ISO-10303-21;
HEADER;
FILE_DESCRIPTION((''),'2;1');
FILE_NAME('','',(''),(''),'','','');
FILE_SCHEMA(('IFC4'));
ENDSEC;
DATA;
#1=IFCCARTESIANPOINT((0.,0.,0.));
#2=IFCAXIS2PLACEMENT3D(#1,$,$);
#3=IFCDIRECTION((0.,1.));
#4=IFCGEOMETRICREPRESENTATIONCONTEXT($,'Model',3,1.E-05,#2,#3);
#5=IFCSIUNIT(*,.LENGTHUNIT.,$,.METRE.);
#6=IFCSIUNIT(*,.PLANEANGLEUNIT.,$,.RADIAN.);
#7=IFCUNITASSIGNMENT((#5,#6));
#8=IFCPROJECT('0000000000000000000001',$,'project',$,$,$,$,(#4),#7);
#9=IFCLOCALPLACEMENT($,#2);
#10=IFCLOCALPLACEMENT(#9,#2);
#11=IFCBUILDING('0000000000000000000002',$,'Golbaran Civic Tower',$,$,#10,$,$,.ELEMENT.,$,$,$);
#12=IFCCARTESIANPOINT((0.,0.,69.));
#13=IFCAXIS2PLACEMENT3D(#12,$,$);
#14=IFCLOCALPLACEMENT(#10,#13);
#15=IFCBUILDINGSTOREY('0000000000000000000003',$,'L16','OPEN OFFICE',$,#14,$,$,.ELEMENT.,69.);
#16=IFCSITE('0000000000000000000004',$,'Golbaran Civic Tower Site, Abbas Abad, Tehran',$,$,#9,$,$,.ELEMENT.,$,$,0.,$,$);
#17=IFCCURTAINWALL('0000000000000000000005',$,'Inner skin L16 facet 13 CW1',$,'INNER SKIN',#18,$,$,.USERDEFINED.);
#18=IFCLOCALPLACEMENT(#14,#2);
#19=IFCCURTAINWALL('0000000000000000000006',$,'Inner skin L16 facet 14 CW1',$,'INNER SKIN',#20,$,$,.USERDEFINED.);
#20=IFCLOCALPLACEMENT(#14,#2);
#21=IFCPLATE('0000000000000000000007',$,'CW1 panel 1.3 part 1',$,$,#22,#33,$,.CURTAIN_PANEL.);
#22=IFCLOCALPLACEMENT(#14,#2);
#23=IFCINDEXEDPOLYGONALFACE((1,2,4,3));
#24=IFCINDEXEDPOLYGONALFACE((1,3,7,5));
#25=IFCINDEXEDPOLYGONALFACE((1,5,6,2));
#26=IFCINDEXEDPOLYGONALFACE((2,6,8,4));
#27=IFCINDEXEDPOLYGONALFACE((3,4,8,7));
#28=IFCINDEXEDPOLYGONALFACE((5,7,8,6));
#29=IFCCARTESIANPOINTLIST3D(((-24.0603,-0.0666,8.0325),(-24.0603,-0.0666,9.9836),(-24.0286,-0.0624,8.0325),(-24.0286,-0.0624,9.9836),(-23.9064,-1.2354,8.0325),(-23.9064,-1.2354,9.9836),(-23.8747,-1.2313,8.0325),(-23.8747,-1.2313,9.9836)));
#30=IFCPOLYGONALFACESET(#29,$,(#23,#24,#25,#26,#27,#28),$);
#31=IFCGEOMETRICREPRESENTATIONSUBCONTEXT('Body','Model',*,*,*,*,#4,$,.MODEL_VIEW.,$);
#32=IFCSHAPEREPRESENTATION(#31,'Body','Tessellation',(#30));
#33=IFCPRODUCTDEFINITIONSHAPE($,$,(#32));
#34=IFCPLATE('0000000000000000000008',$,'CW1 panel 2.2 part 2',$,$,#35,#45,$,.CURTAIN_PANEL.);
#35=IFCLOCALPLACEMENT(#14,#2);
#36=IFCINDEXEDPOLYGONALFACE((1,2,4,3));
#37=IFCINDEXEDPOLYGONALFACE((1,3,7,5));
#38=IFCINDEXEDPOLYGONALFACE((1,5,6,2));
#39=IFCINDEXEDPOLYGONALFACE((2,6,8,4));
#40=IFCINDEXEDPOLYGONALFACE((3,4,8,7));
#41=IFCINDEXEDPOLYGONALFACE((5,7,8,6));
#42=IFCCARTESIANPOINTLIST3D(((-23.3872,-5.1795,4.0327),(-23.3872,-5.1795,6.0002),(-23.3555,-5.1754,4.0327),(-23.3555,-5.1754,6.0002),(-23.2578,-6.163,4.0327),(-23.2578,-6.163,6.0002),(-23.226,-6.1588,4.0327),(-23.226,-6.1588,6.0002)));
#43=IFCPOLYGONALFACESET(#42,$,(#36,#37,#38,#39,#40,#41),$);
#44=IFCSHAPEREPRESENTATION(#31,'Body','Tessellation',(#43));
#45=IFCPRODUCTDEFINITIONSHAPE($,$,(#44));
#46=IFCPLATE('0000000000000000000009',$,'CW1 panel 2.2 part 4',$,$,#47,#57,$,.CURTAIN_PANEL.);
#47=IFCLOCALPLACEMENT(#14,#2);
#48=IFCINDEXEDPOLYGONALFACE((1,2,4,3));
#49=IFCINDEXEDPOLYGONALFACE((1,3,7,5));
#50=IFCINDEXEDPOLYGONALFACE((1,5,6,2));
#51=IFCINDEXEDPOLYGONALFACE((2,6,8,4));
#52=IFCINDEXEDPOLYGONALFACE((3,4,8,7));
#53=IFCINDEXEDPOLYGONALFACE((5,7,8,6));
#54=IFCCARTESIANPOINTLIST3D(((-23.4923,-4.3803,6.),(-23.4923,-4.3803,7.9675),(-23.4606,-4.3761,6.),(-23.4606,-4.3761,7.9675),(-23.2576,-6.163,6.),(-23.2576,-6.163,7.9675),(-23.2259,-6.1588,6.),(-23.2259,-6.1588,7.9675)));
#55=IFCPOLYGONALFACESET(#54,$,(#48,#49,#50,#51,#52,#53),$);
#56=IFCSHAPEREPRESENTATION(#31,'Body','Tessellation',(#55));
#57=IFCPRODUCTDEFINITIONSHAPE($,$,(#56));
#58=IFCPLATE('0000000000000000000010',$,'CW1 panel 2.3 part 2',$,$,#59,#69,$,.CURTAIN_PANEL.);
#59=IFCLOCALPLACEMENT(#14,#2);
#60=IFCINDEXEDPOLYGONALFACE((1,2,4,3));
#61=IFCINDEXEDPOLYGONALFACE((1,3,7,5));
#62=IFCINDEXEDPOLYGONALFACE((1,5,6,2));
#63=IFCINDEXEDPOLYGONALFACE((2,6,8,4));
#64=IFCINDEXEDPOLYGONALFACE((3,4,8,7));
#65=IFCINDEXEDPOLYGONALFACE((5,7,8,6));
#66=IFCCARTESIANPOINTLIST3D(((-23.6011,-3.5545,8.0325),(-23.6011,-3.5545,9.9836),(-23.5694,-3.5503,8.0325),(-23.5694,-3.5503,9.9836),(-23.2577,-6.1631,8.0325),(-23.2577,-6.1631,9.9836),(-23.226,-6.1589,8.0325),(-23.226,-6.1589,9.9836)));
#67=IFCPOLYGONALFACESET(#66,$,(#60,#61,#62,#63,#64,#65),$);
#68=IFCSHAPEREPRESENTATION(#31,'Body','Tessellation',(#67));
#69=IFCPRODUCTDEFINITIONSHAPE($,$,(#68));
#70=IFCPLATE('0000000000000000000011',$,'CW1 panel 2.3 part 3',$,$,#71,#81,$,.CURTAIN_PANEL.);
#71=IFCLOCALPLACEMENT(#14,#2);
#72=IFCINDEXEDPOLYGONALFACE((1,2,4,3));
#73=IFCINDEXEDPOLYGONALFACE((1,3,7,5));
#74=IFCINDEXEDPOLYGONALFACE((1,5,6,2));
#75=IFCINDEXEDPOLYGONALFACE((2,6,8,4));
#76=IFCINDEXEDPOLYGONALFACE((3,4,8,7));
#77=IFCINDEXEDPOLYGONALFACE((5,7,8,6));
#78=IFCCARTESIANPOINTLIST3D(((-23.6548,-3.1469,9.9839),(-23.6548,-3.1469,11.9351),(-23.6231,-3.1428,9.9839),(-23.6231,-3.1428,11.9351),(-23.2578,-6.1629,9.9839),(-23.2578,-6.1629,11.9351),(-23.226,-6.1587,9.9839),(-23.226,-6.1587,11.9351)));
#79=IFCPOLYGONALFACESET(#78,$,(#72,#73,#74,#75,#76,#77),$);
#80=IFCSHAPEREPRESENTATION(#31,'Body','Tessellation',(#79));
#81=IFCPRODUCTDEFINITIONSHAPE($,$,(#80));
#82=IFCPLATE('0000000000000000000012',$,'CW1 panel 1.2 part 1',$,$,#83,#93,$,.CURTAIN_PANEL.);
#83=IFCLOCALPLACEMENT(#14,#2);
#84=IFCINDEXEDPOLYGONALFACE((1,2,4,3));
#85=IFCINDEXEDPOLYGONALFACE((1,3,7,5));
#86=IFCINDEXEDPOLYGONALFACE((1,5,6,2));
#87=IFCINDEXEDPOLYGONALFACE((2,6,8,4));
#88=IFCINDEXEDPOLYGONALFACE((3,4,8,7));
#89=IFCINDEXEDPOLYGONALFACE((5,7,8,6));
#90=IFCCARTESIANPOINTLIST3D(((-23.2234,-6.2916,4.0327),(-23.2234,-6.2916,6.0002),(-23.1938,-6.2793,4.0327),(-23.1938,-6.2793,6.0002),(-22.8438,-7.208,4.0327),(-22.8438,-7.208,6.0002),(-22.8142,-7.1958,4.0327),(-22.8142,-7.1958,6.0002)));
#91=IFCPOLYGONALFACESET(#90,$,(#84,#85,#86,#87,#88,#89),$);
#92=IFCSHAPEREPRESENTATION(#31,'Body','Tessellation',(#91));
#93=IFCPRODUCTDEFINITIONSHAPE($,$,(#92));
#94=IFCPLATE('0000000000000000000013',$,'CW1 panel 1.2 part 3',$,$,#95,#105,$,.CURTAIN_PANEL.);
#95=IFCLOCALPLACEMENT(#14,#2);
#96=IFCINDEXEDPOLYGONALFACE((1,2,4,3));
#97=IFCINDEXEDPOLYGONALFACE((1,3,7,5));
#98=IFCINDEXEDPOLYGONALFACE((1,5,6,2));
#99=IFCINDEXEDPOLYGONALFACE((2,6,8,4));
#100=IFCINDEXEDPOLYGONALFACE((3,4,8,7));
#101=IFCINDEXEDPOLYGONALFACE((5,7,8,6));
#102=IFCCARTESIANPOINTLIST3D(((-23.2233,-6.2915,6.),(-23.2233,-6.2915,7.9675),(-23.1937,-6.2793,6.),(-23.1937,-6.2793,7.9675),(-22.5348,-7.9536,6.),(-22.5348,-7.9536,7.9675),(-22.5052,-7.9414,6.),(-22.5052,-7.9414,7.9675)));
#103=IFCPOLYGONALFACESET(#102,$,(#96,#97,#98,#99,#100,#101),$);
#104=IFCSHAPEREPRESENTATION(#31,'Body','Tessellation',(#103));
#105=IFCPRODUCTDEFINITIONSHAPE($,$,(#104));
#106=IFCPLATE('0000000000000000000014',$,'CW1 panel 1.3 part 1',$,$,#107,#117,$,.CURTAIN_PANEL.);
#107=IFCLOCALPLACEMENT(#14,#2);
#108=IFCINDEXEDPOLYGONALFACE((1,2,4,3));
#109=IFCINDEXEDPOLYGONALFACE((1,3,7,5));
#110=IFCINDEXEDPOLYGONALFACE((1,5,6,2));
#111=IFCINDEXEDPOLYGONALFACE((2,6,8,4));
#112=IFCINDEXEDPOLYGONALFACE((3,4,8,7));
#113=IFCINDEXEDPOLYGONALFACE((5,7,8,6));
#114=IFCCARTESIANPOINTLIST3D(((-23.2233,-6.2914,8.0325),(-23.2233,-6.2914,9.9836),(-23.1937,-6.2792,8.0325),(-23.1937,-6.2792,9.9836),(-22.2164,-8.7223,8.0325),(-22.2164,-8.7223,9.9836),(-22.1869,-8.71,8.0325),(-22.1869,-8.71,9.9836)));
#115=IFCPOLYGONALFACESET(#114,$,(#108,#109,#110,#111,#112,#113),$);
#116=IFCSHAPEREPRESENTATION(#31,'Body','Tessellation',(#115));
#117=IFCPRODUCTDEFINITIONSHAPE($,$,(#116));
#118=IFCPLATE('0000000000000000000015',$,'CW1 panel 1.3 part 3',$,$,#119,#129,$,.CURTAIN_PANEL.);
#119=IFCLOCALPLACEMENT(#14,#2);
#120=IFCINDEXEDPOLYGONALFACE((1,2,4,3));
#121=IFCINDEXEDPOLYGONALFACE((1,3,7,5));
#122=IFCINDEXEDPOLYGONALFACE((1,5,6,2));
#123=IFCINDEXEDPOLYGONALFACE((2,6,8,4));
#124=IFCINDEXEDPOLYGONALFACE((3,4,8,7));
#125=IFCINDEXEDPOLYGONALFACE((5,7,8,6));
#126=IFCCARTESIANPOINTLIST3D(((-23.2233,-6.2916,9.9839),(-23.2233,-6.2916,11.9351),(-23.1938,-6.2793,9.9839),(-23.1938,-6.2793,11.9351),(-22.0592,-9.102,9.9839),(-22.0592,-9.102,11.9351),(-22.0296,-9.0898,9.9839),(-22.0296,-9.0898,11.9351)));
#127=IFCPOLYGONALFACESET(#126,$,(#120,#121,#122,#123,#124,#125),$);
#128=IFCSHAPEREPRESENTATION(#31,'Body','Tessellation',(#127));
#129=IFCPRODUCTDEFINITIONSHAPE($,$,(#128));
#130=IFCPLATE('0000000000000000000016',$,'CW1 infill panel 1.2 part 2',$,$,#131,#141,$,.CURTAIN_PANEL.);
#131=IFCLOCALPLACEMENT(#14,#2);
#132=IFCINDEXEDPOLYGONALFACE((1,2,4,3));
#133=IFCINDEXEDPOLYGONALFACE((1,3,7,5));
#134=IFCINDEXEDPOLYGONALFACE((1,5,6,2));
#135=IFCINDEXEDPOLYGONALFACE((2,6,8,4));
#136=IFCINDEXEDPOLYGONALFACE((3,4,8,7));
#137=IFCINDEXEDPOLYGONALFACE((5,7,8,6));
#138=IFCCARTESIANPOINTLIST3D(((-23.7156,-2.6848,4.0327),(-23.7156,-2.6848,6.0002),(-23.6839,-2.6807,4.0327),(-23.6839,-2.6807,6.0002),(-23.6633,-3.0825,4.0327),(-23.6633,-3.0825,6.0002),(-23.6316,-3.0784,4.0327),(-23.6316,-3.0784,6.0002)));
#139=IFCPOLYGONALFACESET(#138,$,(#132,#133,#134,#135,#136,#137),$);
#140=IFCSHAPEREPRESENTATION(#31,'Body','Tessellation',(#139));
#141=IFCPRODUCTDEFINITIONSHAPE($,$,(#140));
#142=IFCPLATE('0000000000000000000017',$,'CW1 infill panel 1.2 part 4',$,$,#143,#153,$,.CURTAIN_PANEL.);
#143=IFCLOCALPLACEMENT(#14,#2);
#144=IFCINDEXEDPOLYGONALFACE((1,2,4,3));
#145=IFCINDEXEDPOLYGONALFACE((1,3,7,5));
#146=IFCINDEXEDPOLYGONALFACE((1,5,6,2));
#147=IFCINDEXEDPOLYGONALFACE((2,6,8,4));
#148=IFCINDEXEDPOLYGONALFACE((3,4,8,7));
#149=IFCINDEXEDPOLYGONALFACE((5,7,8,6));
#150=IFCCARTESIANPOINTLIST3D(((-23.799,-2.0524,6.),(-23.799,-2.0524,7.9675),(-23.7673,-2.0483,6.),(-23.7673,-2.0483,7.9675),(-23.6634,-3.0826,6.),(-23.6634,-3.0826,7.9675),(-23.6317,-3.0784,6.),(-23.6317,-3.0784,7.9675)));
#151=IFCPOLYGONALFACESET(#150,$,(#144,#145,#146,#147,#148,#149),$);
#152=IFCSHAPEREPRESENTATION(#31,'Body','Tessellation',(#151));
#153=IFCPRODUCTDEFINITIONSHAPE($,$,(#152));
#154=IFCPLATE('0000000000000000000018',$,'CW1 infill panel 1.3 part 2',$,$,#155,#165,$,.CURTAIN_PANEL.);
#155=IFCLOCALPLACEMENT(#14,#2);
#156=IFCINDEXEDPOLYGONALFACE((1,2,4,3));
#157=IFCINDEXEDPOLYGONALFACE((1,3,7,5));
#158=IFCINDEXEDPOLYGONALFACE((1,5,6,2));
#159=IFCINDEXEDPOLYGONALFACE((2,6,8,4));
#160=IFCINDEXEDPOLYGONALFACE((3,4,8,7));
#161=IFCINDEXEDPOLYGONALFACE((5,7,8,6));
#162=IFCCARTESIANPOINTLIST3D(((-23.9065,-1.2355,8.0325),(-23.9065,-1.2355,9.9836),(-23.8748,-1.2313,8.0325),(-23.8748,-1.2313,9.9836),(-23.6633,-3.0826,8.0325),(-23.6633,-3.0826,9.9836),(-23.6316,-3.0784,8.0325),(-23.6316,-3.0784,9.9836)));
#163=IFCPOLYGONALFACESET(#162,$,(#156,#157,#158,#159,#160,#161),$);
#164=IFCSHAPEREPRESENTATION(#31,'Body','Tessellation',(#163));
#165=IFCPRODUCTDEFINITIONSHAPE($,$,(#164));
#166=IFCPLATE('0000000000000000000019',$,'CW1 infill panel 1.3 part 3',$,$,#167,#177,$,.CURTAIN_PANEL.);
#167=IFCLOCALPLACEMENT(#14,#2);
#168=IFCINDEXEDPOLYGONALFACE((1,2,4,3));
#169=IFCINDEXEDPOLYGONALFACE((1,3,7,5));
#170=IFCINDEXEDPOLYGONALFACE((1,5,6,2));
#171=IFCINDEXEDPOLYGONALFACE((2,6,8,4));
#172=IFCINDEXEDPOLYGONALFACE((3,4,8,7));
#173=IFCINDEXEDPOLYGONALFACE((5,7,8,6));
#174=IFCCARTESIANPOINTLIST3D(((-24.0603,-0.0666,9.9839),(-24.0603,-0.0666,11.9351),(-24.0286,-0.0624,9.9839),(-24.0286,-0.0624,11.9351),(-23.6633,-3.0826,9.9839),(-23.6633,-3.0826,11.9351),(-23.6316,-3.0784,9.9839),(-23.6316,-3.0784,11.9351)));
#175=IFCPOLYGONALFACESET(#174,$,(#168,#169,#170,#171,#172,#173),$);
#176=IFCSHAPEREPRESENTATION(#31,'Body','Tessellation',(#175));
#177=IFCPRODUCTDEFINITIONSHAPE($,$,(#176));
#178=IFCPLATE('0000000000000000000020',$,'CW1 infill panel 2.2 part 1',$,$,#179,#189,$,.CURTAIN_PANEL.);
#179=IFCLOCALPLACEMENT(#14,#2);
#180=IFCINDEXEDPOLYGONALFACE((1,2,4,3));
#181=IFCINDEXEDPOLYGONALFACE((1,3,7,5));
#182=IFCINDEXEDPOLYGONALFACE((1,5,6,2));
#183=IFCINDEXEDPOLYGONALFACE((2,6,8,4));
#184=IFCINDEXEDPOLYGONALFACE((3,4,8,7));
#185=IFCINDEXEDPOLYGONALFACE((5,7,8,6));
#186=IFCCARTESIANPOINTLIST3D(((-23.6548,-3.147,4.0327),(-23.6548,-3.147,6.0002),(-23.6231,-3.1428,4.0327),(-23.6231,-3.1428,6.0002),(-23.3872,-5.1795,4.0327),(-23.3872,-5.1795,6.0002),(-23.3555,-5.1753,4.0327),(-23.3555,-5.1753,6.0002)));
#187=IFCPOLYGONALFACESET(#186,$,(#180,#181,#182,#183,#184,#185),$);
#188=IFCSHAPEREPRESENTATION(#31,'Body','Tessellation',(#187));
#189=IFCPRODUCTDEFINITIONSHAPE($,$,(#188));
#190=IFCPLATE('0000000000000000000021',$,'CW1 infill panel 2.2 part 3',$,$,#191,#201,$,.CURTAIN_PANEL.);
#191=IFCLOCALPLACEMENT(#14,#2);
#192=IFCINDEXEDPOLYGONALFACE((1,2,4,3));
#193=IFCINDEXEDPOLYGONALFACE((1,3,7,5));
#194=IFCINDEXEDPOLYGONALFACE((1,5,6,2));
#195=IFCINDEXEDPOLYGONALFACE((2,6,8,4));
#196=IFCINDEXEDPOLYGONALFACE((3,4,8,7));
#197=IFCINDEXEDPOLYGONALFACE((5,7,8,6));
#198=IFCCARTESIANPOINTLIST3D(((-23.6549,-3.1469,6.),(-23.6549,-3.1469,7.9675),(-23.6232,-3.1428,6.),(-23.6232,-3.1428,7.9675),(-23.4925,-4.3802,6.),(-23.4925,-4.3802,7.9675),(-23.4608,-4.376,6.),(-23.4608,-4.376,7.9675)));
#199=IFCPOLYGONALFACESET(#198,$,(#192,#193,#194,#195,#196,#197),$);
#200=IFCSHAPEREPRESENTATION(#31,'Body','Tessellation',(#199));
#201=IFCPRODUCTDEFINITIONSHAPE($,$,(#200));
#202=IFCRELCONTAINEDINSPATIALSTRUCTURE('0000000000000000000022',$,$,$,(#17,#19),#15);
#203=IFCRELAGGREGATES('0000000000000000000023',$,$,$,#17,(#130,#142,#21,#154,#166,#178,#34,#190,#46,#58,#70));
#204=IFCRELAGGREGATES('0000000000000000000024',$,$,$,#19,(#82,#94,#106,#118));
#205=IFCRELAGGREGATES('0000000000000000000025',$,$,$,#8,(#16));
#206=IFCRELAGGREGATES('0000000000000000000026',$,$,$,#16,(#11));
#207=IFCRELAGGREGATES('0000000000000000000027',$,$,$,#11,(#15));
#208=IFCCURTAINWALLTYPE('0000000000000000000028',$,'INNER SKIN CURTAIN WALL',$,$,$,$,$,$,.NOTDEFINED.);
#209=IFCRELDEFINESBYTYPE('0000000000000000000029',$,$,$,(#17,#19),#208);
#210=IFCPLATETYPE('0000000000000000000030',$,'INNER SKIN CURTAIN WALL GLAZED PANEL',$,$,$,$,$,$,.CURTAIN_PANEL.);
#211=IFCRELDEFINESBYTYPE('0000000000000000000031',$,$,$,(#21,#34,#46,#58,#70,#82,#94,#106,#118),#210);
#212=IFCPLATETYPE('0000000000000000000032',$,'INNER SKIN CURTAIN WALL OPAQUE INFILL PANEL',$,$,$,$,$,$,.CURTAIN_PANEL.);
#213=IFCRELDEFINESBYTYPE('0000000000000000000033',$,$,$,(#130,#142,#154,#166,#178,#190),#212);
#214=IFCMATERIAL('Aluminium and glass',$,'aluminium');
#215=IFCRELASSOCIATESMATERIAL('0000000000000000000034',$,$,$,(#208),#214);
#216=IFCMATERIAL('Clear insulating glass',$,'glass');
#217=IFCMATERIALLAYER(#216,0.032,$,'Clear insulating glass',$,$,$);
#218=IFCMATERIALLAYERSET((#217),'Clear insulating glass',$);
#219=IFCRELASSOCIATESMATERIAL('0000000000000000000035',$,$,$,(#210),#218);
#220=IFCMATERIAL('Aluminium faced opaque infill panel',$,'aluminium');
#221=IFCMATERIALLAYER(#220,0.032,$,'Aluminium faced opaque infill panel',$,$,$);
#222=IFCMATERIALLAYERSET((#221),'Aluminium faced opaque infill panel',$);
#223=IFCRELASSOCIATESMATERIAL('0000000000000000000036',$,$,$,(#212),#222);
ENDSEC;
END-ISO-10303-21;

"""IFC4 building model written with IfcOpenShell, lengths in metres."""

from ifc_helpers import new_model, si_unit, direction, frame, origin, origin_2d, place, context, subcontext, project, spatial, rectangle, extrude, material, layer, layer_set, type_object, element, aggregate, save


model = new_model("IFC4")

# Units and contexts
model_context = context("Model", 3, precision=1e-05, world=origin(), true_north=direction((0.0, 1.0)))
body_context = subcontext(model_context, "Body", "Model", "MODEL_VIEW")
ifc_project = project(units=[si_unit("LENGTHUNIT", "METRE"), si_unit("PLANEANGLEUNIT", "RADIAN")], contexts=[model_context])

# Site, building, storey
site_placement = place(None, origin())
site = spatial("IfcSite", under=ifc_project, at=site_placement, Name="Golbaran Civic Tower Site, Abbas Abad, Tehran", CompositionType="ELEMENT", RefElevation=0.0)
building_placement = place(site_placement, origin())
building = spatial("IfcBuilding", under=site, at=building_placement, Name="Golbaran Civic Tower", CompositionType="ELEMENT")
storey_placement = place(building_placement, frame((0.0, 0.0, 69.0)))
storey = spatial("IfcBuildingStorey", under=building, at=storey_placement, Name="L16", Description="OPEN OFFICE", CompositionType="ELEMENT", Elevation=69.0)

# Curtain walls
ifc_material_1 = material(Name="Aluminium and glass", Category="aluminium")
curtain_wall_type_1 = type_object("IfcCurtainWallType", Name="INNER SKIN CURTAIN WALL", PredefinedType="NOTDEFINED", material=ifc_material_1)
curtain_wall_1_placement = place(storey_placement, origin())
curtain_wall_1 = element("IfcCurtainWall", 1, at=curtain_wall_1_placement, inside=storey, type_object=curtain_wall_type_1, Name="Inner skin L16 facet 13 CW1", ObjectType="INNER SKIN", PredefinedType="USERDEFINED")
curtain_wall_2_placement = place(storey_placement, origin())
curtain_wall_2 = element("IfcCurtainWall", 2, at=curtain_wall_2_placement, inside=storey, type_object=curtain_wall_type_1, Name="Inner skin L16 facet 14 CW1", ObjectType="INNER SKIN", PredefinedType="USERDEFINED")

# Plates
ifc_material_2 = material(Name="Clear insulating glass", Category="glass")
ifc_layer_1 = layer(ifc_material_2, 0.032, Name="Clear insulating glass")
ifc_layer_set_1 = layer_set([ifc_layer_1], Name="Clear insulating glass")
plate_type_1 = type_object("IfcPlateType", Name="INNER SKIN CURTAIN WALL GLAZED PANEL", PredefinedType="CURTAIN_PANEL", material=ifc_layer_set_1)
plate_1_placement = place(storey_placement, frame((-23.9675, -0.6489, 8.0325), z_axis=(0.0, 0.0, 1.0), x_axis=(0.130526, -0.991445, 0.0)))
plate_1 = element("IfcPlate", 3, at=plate_1_placement, type_object=plate_type_1, Name="CW1 panel 1.3 part 1", PredefinedType="CURTAIN_PANEL", context=body_context, shape_type="SweptSolid", body=[
    extrude(rectangle(XDim=1.179, YDim=0.032, at=origin_2d()), origin(), (0.0, 0.0, 1.0), 1.9512),
])
plate_2_placement = place(storey_placement, frame((-23.3066, -5.6692, 4.0327), z_axis=(0.0, 0.0, 1.0), x_axis=(0.130526, -0.991445, 0.0)))
plate_2 = element("IfcPlate", 4, at=plate_2_placement, type_object=plate_type_1, Name="CW1 panel 2.2 part 2", PredefinedType="CURTAIN_PANEL", context=body_context, shape_type="SweptSolid", body=[
    extrude(rectangle(XDim=0.9919, YDim=0.032, at=origin_2d()), origin(), (0.0, 0.0, 1.0), 1.9675),
])
plate_3_placement = place(storey_placement, frame((-23.3591, -5.2695, 6.0), z_axis=(0.0, 0.0, 1.0), x_axis=(0.130526, -0.991445, 0.0)))
plate_3 = element("IfcPlate", 5, at=plate_3_placement, type_object=plate_type_1, Name="CW1 panel 2.2 part 4", PredefinedType="CURTAIN_PANEL", context=body_context, shape_type="SweptSolid", body=[
    extrude(rectangle(XDim=1.7981, YDim=0.032, at=origin_2d()), origin(), (0.0, 0.0, 1.0), 1.9675),
])
plate_4_placement = place(storey_placement, frame((-23.4136, -4.8567, 8.0325), z_axis=(0.0, 0.0, 1.0), x_axis=(0.130526, -0.991445, 0.0)))
plate_4 = element("IfcPlate", 6, at=plate_4_placement, type_object=plate_type_1, Name="CW1 panel 2.3 part 2", PredefinedType="CURTAIN_PANEL", context=body_context, shape_type="SweptSolid", body=[
    extrude(rectangle(XDim=2.6311, YDim=0.032, at=origin_2d()), origin(), (0.0, 0.0, 1.0), 1.9512),
])
plate_5_placement = place(storey_placement, frame((-23.4404, -4.6528, 9.9839), z_axis=(0.0, 0.0, 1.0), x_axis=(0.130526, -0.991445, 0.0)))
plate_5 = element("IfcPlate", 7, at=plate_5_placement, type_object=plate_type_1, Name="CW1 panel 2.3 part 3", PredefinedType="CURTAIN_PANEL", context=body_context, shape_type="SweptSolid", body=[
    extrude(rectangle(XDim=3.042, YDim=0.032, at=origin_2d()), origin(), (0.0, 0.0, 1.0), 1.9512),
])
plate_6_placement = place(storey_placement, frame((-23.0188, -6.7437, 4.0327), z_axis=(0.0, 0.0, 1.0), x_axis=(0.382683, -0.92388, 0.0)))
plate_6 = element("IfcPlate", 8, at=plate_6_placement, type_object=plate_type_1, Name="CW1 panel 1.2 part 1", PredefinedType="CURTAIN_PANEL", context=body_context, shape_type="SweptSolid", body=[
    extrude(rectangle(XDim=0.9919, YDim=0.032, at=origin_2d()), origin(), (0.0, 0.0, 1.0), 1.9675),
])
plate_7_placement = place(storey_placement, frame((-22.8643, -7.1165, 6.0), z_axis=(0.0, 0.0, 1.0), x_axis=(0.382683, -0.92388, 0.0)))
plate_7 = element("IfcPlate", 9, at=plate_7_placement, type_object=plate_type_1, Name="CW1 panel 1.2 part 3", PredefinedType="CURTAIN_PANEL", context=body_context, shape_type="SweptSolid", body=[
    extrude(rectangle(XDim=1.7991, YDim=0.032, at=origin_2d()), origin(), (0.0, 0.0, 1.0), 1.9675),
])
plate_8_placement = place(storey_placement, frame((-22.7051, -7.5007, 8.0325), z_axis=(0.0, 0.0, 1.0), x_axis=(0.382683, -0.92388, 0.0)))
plate_8 = element("IfcPlate", 10, at=plate_8_placement, type_object=plate_type_1, Name="CW1 panel 1.3 part 1", PredefinedType="CURTAIN_PANEL", context=body_context, shape_type="SweptSolid", body=[
    extrude(rectangle(XDim=2.6311, YDim=0.032, at=origin_2d()), origin(), (0.0, 0.0, 1.0), 1.9512),
])
plate_9_placement = place(storey_placement, frame((-22.6265, -7.6907, 9.9839), z_axis=(0.0, 0.0, 1.0), x_axis=(0.382683, -0.92388, 0.0)))
plate_9 = element("IfcPlate", 11, at=plate_9_placement, type_object=plate_type_1, Name="CW1 panel 1.3 part 3", PredefinedType="CURTAIN_PANEL", context=body_context, shape_type="SweptSolid", body=[
    extrude(rectangle(XDim=3.042, YDim=0.032, at=origin_2d()), origin(), (0.0, 0.0, 1.0), 1.9512),
])
ifc_material_3 = material(Name="Aluminium faced opaque infill panel", Category="aluminium")
ifc_layer_2 = layer(ifc_material_3, 0.032, Name="Aluminium faced opaque infill panel")
ifc_layer_set_2 = layer_set([ifc_layer_2], Name="Aluminium faced opaque infill panel")
plate_type_2 = type_object("IfcPlateType", Name="INNER SKIN CURTAIN WALL OPAQUE INFILL PANEL", PredefinedType="CURTAIN_PANEL", material=ifc_layer_set_2)
plate_10_placement = place(storey_placement, frame((-23.6736, -2.8816, 4.0327), z_axis=(0.0, 0.0, 1.0), x_axis=(0.130526, -0.991445, 0.0)))
plate_10 = element("IfcPlate", 12, at=plate_10_placement, type_object=plate_type_2, Name="CW1 infill panel 1.2 part 2", PredefinedType="CURTAIN_PANEL", context=body_context, shape_type="SweptSolid", body=[
    extrude(rectangle(XDim=0.4011, YDim=0.032, at=origin_2d()), origin(), (0.0, 0.0, 1.0), 1.9675),
])
plate_11_placement = place(storey_placement, frame((-23.7153, -2.5654, 6.0), z_axis=(0.0, 0.0, 1.0), x_axis=(0.130526, -0.991445, 0.0)))
plate_11 = element("IfcPlate", 13, at=plate_11_placement, type_object=plate_type_2, Name="CW1 infill panel 1.2 part 4", PredefinedType="CURTAIN_PANEL", context=body_context, shape_type="SweptSolid", body=[
    extrude(rectangle(XDim=1.0391, YDim=0.032, at=origin_2d()), origin(), (0.0, 0.0, 1.0), 1.9675),
])
plate_12_placement = place(storey_placement, frame((-23.769, -2.157, 8.0325), z_axis=(0.0, 0.0, 1.0), x_axis=(0.130526, -0.991445, 0.0)))
plate_12 = element("IfcPlate", 14, at=plate_12_placement, type_object=plate_type_2, Name="CW1 infill panel 1.3 part 2", PredefinedType="CURTAIN_PANEL", context=body_context, shape_type="SweptSolid", body=[
    extrude(rectangle(XDim=1.863, YDim=0.032, at=origin_2d()), origin(), (0.0, 0.0, 1.0), 1.9512),
])
plate_13_placement = place(storey_placement, frame((-23.8459, -1.5725, 9.9839), z_axis=(0.0, 0.0, 1.0), x_axis=(0.130526, -0.991445, 0.0)))
plate_13 = element("IfcPlate", 15, at=plate_13_placement, type_object=plate_type_2, Name="CW1 infill panel 1.3 part 3", PredefinedType="CURTAIN_PANEL", context=body_context, shape_type="SweptSolid", body=[
    extrude(rectangle(XDim=3.042, YDim=0.032, at=origin_2d()), origin(), (0.0, 0.0, 1.0), 1.9512),
])
plate_14_placement = place(storey_placement, frame((-23.5051, -4.1611, 4.0327), z_axis=(0.0, 0.0, 1.0), x_axis=(0.130526, -0.991445, 0.0)))
plate_14 = element("IfcPlate", 16, at=plate_14_placement, type_object=plate_type_2, Name="CW1 infill panel 2.2 part 1", PredefinedType="CURTAIN_PANEL", context=body_context, shape_type="SweptSolid", body=[
    extrude(rectangle(XDim=2.05, YDim=0.032, at=origin_2d()), origin(), (0.0, 0.0, 1.0), 1.9675),
])
plate_15_placement = place(storey_placement, frame((-23.5579, -3.7615, 6.0), z_axis=(0.0, 0.0, 1.0), x_axis=(0.130526, -0.991445, 0.0)))
plate_15 = element("IfcPlate", 17, at=plate_15_placement, type_object=plate_type_2, Name="CW1 infill panel 2.2 part 3", PredefinedType="CURTAIN_PANEL", context=body_context, shape_type="SweptSolid", body=[
    extrude(rectangle(XDim=1.2439, YDim=0.032, at=origin_2d()), origin(), (0.0, 0.0, 1.0), 1.9675),
])
aggregate(curtain_wall_1, [plate_10, plate_11, plate_1, plate_12, plate_13, plate_14, plate_2, plate_15, plate_3, plate_4, plate_5])
aggregate(curtain_wall_2, [plate_6, plate_7, plate_8, plate_9])

save(model, "model.ifc")
